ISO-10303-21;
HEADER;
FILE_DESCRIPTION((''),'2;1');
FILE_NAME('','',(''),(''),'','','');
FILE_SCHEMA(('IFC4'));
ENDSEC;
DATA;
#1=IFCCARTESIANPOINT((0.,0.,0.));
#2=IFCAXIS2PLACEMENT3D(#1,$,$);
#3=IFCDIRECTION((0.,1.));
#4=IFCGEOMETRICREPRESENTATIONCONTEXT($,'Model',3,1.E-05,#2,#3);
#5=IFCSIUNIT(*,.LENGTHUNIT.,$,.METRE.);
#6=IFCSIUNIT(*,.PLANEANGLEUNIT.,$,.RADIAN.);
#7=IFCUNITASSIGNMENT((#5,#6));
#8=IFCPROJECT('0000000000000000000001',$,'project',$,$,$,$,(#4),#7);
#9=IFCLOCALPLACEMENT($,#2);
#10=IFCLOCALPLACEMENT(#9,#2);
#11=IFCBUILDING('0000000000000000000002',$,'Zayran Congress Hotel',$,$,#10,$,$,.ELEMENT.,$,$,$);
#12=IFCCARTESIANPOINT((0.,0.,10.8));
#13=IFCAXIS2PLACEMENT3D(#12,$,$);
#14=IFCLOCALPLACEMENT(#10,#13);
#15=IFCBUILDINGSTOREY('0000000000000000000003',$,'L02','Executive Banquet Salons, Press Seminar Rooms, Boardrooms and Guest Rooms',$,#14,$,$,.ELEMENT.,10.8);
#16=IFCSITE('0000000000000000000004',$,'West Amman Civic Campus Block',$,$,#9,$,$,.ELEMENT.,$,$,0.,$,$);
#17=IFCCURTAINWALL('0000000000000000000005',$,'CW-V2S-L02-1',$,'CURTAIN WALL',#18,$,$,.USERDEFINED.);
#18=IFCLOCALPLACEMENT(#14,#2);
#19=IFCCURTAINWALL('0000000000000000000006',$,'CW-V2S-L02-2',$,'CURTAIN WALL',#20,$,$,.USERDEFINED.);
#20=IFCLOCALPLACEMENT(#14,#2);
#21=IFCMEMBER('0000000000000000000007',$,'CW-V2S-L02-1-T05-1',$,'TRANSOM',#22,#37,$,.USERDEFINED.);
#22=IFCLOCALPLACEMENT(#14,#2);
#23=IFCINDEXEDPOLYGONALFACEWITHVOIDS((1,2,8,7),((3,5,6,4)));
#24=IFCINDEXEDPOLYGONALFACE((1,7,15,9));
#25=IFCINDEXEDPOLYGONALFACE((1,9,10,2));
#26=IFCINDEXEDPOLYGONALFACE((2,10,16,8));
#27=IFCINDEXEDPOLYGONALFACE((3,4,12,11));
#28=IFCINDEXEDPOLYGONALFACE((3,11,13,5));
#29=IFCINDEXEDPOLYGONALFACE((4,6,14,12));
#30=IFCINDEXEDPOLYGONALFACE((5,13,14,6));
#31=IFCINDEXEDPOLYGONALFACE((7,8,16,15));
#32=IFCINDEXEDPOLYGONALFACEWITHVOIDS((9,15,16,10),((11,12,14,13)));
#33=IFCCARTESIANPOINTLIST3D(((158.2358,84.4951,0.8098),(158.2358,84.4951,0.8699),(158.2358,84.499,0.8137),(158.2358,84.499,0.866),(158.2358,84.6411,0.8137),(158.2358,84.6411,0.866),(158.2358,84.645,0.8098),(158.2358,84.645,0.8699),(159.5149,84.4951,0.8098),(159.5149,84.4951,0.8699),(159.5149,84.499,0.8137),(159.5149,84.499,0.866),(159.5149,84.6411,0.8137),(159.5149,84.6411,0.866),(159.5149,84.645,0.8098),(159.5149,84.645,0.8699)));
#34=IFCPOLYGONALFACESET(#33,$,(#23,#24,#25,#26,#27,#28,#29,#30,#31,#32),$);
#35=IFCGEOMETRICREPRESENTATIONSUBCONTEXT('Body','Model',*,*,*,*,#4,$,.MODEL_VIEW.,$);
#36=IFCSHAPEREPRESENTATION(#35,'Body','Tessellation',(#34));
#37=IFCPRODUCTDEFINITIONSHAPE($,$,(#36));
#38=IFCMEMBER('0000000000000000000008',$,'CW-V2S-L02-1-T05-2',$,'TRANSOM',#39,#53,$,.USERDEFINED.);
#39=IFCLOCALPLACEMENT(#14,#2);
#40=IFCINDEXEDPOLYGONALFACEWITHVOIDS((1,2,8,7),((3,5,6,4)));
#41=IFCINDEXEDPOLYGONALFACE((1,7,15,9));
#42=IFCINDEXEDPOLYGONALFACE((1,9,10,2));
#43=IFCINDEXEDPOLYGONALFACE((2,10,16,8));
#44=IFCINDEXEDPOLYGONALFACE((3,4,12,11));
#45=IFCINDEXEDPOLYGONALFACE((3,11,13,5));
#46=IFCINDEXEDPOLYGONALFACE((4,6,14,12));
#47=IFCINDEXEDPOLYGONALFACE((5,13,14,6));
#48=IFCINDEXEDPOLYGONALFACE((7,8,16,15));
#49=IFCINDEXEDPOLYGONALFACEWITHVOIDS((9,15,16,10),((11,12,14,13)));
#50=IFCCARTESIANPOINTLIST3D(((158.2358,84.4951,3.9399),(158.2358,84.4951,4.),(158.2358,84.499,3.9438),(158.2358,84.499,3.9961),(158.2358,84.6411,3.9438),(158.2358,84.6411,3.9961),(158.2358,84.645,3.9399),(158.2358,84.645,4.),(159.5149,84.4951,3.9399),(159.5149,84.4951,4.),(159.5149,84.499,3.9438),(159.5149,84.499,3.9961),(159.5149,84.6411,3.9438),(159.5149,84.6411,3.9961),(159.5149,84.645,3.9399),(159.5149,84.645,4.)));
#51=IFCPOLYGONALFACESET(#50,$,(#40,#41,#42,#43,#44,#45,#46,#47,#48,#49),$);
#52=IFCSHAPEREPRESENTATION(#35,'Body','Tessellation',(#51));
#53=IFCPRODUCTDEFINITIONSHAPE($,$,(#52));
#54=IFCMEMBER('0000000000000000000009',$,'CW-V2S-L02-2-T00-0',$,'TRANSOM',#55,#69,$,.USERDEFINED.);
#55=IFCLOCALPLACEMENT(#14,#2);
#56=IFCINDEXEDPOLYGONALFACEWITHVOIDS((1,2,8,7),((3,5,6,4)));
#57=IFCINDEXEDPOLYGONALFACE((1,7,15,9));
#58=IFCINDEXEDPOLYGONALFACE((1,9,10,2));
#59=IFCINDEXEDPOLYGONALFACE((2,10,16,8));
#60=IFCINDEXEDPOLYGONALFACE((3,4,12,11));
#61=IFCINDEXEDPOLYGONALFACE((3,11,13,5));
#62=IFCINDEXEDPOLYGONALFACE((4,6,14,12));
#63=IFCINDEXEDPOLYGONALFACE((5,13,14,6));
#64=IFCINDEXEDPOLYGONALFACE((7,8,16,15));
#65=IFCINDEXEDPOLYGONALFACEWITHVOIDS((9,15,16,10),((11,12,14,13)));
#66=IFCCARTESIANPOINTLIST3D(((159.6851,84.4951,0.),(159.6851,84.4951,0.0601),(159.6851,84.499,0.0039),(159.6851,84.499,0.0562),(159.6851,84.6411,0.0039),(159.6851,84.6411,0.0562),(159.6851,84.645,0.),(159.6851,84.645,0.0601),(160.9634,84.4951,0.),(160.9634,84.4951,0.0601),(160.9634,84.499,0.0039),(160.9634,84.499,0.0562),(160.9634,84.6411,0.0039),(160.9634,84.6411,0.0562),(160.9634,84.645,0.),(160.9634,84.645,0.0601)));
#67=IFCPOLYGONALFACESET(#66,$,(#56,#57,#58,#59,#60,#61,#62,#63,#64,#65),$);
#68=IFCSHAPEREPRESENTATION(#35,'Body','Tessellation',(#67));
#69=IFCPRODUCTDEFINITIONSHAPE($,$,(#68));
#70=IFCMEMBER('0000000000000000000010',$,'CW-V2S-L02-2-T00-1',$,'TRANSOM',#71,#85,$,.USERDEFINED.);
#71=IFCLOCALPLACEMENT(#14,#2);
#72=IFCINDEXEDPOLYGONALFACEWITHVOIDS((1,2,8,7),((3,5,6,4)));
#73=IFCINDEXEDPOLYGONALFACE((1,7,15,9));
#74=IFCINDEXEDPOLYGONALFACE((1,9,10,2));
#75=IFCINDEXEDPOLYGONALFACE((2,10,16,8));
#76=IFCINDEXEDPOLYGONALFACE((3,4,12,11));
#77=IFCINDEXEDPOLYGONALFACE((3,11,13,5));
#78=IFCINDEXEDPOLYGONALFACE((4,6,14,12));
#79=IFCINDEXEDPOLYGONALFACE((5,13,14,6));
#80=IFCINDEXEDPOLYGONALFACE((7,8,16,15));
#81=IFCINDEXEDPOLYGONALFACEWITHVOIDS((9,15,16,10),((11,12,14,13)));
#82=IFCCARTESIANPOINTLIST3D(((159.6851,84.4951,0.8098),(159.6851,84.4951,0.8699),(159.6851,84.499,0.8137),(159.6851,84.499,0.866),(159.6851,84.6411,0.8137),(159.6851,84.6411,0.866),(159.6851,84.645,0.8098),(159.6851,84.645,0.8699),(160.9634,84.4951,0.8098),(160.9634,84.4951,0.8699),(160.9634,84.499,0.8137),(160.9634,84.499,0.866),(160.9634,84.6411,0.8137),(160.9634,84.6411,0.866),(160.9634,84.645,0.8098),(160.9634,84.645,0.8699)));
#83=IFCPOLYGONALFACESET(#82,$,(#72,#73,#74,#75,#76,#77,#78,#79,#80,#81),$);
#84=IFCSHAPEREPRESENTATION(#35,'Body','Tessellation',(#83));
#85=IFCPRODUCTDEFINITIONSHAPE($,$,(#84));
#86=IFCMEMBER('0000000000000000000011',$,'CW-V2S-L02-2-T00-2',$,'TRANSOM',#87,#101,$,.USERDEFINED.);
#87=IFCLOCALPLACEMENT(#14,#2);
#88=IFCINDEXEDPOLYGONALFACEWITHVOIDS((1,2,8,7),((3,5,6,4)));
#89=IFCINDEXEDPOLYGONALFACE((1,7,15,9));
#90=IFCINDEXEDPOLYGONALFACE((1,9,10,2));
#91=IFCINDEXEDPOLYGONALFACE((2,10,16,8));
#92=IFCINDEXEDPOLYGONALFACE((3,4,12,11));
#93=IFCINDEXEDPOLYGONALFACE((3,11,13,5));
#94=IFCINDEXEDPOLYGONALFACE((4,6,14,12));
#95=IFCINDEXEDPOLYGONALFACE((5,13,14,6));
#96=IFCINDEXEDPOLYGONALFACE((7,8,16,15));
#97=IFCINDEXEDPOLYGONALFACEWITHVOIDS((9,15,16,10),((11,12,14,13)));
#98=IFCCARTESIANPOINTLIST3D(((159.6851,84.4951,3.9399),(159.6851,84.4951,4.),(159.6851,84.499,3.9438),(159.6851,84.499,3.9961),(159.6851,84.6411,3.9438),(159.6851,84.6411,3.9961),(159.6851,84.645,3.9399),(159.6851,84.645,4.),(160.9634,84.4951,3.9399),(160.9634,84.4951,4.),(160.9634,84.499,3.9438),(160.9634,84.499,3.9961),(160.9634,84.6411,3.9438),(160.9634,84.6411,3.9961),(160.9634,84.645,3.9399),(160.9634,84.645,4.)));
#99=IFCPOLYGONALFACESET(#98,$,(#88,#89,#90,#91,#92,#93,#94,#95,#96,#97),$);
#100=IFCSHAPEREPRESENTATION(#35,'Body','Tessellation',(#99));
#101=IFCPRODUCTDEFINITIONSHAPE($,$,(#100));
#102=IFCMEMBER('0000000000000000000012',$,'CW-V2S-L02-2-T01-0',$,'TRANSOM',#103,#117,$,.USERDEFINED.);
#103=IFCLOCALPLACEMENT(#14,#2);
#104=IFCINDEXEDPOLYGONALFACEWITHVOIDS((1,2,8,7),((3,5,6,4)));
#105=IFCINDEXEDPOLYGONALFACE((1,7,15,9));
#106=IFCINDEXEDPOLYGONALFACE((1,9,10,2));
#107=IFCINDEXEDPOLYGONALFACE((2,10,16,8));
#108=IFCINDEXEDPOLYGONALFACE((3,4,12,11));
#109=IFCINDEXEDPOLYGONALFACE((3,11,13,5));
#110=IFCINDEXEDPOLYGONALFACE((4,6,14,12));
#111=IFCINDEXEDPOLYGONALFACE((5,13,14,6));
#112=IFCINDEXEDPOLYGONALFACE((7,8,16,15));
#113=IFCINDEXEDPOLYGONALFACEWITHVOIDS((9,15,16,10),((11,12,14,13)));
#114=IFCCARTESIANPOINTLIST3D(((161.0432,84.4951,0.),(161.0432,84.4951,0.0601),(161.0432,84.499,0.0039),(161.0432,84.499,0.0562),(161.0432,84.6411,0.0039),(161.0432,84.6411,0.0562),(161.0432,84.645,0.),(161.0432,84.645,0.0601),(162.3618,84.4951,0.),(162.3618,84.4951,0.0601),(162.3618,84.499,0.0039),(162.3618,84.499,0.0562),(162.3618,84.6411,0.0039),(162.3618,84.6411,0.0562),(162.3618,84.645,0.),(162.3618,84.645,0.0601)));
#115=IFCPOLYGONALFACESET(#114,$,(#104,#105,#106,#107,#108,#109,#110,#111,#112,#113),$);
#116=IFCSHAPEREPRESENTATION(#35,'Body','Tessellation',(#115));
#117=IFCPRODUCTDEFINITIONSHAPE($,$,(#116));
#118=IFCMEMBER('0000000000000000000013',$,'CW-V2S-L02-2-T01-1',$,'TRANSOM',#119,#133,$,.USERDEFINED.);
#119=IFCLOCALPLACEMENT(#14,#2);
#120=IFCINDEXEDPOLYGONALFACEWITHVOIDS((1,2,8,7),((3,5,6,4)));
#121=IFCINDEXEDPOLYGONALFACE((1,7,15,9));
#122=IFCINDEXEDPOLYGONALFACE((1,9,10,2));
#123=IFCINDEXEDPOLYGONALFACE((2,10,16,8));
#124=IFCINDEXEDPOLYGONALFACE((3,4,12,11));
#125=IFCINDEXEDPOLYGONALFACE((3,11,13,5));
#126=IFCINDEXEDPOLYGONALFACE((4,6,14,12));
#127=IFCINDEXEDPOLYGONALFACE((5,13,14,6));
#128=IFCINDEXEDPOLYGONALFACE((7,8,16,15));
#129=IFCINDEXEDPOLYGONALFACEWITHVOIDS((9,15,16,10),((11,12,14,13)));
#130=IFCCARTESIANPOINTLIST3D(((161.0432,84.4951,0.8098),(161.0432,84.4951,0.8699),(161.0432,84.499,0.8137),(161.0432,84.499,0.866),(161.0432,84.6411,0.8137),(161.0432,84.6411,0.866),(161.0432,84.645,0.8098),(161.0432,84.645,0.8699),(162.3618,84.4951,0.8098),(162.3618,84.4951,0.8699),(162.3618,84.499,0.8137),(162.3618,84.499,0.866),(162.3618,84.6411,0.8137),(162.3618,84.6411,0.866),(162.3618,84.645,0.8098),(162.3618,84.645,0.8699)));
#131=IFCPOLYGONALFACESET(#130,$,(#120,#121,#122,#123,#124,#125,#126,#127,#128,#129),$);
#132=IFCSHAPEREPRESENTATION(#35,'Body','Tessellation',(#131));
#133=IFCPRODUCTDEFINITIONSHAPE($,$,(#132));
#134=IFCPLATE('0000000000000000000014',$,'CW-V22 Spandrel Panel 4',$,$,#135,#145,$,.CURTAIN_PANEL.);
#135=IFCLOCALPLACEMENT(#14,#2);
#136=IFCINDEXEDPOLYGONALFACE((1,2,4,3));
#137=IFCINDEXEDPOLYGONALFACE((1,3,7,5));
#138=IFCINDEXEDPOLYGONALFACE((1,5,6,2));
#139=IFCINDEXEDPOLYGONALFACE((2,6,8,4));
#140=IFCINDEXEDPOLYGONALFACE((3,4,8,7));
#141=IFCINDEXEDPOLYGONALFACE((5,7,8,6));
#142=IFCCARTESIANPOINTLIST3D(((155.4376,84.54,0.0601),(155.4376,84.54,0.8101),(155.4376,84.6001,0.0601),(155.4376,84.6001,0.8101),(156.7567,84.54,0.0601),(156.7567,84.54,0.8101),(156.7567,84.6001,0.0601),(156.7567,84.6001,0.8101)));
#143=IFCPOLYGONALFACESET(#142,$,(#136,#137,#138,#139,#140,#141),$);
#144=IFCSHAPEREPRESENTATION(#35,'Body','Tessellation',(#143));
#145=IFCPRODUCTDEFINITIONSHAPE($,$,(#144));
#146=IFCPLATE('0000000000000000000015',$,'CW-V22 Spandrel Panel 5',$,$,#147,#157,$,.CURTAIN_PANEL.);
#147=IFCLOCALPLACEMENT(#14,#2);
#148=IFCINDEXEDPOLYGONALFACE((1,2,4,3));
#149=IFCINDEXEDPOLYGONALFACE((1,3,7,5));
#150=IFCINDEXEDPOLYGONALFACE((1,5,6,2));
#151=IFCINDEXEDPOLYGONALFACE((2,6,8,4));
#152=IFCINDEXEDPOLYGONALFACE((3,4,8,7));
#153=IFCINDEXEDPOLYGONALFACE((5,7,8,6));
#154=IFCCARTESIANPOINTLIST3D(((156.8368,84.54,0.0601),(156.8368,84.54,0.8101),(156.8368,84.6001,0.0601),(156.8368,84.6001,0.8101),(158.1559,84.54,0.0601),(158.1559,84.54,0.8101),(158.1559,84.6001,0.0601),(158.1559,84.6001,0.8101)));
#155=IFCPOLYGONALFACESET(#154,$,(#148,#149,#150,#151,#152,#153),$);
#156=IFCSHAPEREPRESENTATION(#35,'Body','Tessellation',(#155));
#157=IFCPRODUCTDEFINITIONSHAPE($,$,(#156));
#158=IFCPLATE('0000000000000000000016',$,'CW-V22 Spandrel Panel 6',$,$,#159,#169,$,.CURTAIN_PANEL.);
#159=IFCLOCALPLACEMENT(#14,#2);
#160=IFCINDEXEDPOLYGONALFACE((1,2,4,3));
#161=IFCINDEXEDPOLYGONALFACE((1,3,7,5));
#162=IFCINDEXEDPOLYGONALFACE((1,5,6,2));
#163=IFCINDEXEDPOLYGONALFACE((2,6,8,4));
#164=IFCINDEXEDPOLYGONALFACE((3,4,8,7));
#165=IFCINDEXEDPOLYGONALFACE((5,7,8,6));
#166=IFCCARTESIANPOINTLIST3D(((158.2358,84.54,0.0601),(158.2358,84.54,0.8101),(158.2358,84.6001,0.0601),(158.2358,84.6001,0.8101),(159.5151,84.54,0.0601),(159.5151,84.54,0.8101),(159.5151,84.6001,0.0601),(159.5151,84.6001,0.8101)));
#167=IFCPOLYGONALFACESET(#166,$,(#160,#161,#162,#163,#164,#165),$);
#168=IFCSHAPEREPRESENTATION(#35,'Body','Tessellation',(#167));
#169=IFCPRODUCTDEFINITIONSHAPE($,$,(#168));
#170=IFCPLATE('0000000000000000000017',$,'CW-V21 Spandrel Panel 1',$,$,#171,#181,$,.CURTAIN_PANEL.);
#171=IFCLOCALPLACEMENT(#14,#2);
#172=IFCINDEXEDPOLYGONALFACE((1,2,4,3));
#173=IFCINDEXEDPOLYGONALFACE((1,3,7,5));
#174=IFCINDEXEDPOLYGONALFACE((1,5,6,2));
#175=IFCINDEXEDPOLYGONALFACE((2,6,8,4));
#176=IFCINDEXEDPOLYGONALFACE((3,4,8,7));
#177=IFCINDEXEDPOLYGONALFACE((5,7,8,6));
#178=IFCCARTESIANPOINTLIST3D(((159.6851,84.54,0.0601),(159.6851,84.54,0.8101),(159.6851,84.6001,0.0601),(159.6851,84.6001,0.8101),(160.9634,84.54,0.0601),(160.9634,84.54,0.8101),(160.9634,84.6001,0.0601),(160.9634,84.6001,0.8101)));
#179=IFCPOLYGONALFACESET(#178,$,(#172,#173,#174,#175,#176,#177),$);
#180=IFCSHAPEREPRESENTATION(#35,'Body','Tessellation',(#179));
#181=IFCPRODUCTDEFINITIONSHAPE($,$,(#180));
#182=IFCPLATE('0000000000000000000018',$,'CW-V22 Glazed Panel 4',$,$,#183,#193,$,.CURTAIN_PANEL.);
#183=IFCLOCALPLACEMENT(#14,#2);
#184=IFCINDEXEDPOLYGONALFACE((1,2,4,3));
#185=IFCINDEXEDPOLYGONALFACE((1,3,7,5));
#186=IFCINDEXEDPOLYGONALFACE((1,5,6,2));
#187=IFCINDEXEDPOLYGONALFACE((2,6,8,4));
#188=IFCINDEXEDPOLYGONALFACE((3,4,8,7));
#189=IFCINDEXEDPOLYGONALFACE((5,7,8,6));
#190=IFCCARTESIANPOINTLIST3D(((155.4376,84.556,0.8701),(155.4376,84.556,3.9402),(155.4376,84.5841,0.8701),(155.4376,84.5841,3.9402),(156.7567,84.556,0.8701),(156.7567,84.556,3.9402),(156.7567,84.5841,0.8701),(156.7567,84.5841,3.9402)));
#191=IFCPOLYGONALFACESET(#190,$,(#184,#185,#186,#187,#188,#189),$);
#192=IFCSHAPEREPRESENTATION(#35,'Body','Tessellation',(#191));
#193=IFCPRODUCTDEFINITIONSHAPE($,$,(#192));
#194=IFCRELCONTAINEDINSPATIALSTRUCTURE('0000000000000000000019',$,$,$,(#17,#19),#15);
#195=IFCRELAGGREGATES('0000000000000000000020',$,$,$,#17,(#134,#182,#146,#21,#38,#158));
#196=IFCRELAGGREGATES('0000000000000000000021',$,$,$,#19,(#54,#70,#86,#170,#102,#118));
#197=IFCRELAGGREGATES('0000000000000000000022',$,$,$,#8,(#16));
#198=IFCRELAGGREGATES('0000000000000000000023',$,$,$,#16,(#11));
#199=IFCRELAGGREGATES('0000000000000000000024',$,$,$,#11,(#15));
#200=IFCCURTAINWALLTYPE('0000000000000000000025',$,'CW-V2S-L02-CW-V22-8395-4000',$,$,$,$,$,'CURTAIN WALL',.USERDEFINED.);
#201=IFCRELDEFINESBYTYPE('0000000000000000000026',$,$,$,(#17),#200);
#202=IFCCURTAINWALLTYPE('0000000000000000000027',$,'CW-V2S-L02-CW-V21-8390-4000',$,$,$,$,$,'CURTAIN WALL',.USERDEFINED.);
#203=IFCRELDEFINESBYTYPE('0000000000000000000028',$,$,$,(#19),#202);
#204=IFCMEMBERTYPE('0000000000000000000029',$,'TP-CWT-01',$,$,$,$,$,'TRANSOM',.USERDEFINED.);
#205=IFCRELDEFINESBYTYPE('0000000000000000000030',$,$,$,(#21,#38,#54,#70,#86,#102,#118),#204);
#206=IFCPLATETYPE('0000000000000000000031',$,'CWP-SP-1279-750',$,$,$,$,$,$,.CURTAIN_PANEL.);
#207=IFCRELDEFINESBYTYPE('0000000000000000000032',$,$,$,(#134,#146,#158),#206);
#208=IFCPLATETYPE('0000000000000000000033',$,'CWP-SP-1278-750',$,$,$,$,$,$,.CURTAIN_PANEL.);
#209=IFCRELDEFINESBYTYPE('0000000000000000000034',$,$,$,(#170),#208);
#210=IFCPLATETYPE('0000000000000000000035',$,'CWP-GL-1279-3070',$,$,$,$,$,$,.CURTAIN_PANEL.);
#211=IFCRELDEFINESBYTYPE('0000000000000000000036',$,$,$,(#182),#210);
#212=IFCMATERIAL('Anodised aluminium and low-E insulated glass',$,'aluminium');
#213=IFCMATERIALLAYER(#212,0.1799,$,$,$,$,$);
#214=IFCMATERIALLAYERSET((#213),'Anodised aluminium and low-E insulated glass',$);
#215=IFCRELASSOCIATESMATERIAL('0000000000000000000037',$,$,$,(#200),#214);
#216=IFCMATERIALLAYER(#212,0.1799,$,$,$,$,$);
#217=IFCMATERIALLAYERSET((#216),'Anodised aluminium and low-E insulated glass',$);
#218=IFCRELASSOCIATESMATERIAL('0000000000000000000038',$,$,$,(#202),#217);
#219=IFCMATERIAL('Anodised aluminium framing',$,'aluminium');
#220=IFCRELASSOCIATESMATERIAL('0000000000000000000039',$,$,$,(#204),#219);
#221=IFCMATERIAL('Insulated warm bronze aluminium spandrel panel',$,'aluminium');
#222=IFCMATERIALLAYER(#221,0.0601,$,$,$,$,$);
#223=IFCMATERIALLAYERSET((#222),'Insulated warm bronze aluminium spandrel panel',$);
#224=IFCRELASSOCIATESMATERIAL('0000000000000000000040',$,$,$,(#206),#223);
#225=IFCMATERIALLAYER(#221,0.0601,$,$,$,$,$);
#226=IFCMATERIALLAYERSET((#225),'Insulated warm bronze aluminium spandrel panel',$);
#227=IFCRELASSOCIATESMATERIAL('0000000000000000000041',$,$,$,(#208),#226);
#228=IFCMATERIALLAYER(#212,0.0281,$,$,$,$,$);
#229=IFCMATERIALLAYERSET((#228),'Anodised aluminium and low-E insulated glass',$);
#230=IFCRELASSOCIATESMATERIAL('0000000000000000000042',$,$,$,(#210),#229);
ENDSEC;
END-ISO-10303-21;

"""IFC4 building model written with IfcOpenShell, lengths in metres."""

from ifc_helpers import new_model, si_unit, direction, frame, origin, origin_2d, place, context, subcontext, project, spatial, rectangle, hollow_rectangle, extrude, material, layer, layer_set, material_profile, profile_set, type_object, element, aggregate, save


model = new_model("IFC4")

# Units and contexts
model_context = context("Model", 3, precision=1e-05, world=origin(), true_north=direction((0.0, 1.0)))
body_context = subcontext(model_context, "Body", "Model", "MODEL_VIEW")
ifc_project = project(units=[si_unit("LENGTHUNIT", "METRE"), si_unit("PLANEANGLEUNIT", "RADIAN")], contexts=[model_context])

# Site, building, storey
site_placement = place(None, origin())
site = spatial("IfcSite", under=ifc_project, at=site_placement, Name="West Amman Civic Campus Block", CompositionType="ELEMENT", RefElevation=0.0)
building_placement = place(site_placement, origin())
building = spatial("IfcBuilding", under=site, at=building_placement, Name="Zayran Congress Hotel", CompositionType="ELEMENT")
storey_placement = place(building_placement, frame((0.0, 0.0, 10.8)))
storey = spatial("IfcBuildingStorey", under=building, at=storey_placement, Name="L02", Description="Executive Banquet Salons, Press Seminar Rooms, Boardrooms and Guest Rooms", CompositionType="ELEMENT", Elevation=10.8)

# Curtain walls
ifc_material_1 = material(Name="Anodised aluminium and low-E insulated glass", Category="aluminium")
ifc_layer_1 = layer(ifc_material_1, 0.1799)
ifc_layer_set_1 = layer_set([ifc_layer_1], Name="Anodised aluminium and low-E insulated glass")
curtain_wall_type_1 = type_object("IfcCurtainWallType", Name="CW-V2S-L02-CW-V22-8395-4000", ElementType="CURTAIN WALL", PredefinedType="USERDEFINED", material=ifc_layer_set_1)
curtain_wall_1_placement = place(storey_placement, origin())
curtain_wall_1 = element("IfcCurtainWall", 1, at=curtain_wall_1_placement, inside=storey, type_object=curtain_wall_type_1, Name="CW-V2S-L02-1", ObjectType="CURTAIN WALL", PredefinedType="USERDEFINED")
ifc_material_2 = material(Name="Anodised aluminium framing", Category="aluminium")
ifc_layer_2 = layer(ifc_material_1, 0.1799)
ifc_layer_set_2 = layer_set([ifc_layer_2], Name="Anodised aluminium and low-E insulated glass")
curtain_wall_type_2 = type_object("IfcCurtainWallType", Name="CW-V2S-L02-CW-V21-8390-4000", ElementType="CURTAIN WALL", PredefinedType="USERDEFINED", material=ifc_layer_set_2)
curtain_wall_2_placement = place(storey_placement, origin())
curtain_wall_2 = element("IfcCurtainWall", 2, at=curtain_wall_2_placement, inside=storey, type_object=curtain_wall_type_2, Name="CW-V2S-L02-2", ObjectType="CURTAIN WALL", PredefinedType="USERDEFINED")

# Members
ifc_material_profile_1 = material_profile(ifc_material_2, hollow_rectangle(XDim=0.0601, YDim=0.1499, WallThickness=0.0039, at=origin_2d()), Name="RHS 150x60x4")
ifc_profile_set_1 = profile_set([ifc_material_profile_1], Name="Anodised aluminium framing")
member_type_1 = type_object("IfcMemberType", Name="TP-CWT-01", ElementType="TRANSOM", PredefinedType="USERDEFINED", material=ifc_profile_set_1)
member_1_placement = place(storey_placement, frame((158.2358, 84.5701, 0.8398), z_axis=(1.0, 0.0, 0.0), x_axis=(0.0, 0.0, 1.0)))
member_1 = element("IfcMember", 3, at=member_1_placement, type_object=member_type_1, Name="CW-V2S-L02-1-T05-1", ObjectType="TRANSOM", PredefinedType="USERDEFINED", context=body_context, shape_type="SweptSolid", body=[
    extrude(hollow_rectangle(XDim=0.0601, YDim=0.1499, WallThickness=0.0039, at=origin_2d()), origin(), (0.0, 0.0, 1.0), 1.2791),
])
member_2_placement = place(storey_placement, frame((158.2358, 84.5701, 3.97), z_axis=(1.0, 0.0, 0.0), x_axis=(0.0, 0.0, 1.0)))
member_2 = element("IfcMember", 4, at=member_2_placement, type_object=member_type_1, Name="CW-V2S-L02-1-T05-2", ObjectType="TRANSOM", PredefinedType="USERDEFINED", context=body_context, shape_type="SweptSolid", body=[
    extrude(hollow_rectangle(XDim=0.0601, YDim=0.1499, WallThickness=0.0039, at=origin_2d()), origin(), (0.0, 0.0, 1.0), 1.2791),
])
member_3_placement = place(storey_placement, frame((159.6851, 84.5701, 0.03), z_axis=(1.0, 0.0, 0.0), x_axis=(0.0, 0.0, 1.0)))
member_3 = element("IfcMember", 5, at=member_3_placement, type_object=member_type_1, Name="CW-V2S-L02-2-T00-0", ObjectType="TRANSOM", PredefinedType="USERDEFINED", context=body_context, shape_type="SweptSolid", body=[
    extrude(hollow_rectangle(XDim=0.0601, YDim=0.1499, WallThickness=0.0039, at=origin_2d()), origin(), (0.0, 0.0, 1.0), 1.2783),
])
member_4_placement = place(storey_placement, frame((159.6851, 84.5701, 0.8398), z_axis=(1.0, 0.0, 0.0), x_axis=(0.0, 0.0, 1.0)))
member_4 = element("IfcMember", 6, at=member_4_placement, type_object=member_type_1, Name="CW-V2S-L02-2-T00-1", ObjectType="TRANSOM", PredefinedType="USERDEFINED", context=body_context, shape_type="SweptSolid", body=[
    extrude(hollow_rectangle(XDim=0.0601, YDim=0.1499, WallThickness=0.0039, at=origin_2d()), origin(), (0.0, 0.0, 1.0), 1.2783),
])
member_5_placement = place(storey_placement, frame((159.6851, 84.5701, 3.97), z_axis=(1.0, 0.0, 0.0), x_axis=(0.0, 0.0, 1.0)))
member_5 = element("IfcMember", 7, at=member_5_placement, type_object=member_type_1, Name="CW-V2S-L02-2-T00-2", ObjectType="TRANSOM", PredefinedType="USERDEFINED", context=body_context, shape_type="SweptSolid", body=[
    extrude(hollow_rectangle(XDim=0.0601, YDim=0.1499, WallThickness=0.0039, at=origin_2d()), origin(), (0.0, 0.0, 1.0), 1.2783),
])
member_6_placement = place(storey_placement, frame((161.0432, 84.5701, 0.03), z_axis=(1.0, 0.0, 0.0), x_axis=(0.0, 0.0, 1.0)))
member_6 = element("IfcMember", 8, at=member_6_placement, type_object=member_type_1, Name="CW-V2S-L02-2-T01-0", ObjectType="TRANSOM", PredefinedType="USERDEFINED", context=body_context, shape_type="SweptSolid", body=[
    extrude(hollow_rectangle(XDim=0.0601, YDim=0.1499, WallThickness=0.0039, at=origin_2d()), origin(), (0.0, 0.0, 1.0), 1.3186),
])
member_7_placement = place(storey_placement, frame((161.0432, 84.5701, 0.8398), z_axis=(1.0, 0.0, 0.0), x_axis=(0.0, 0.0, 1.0)))
member_7 = element("IfcMember", 9, at=member_7_placement, type_object=member_type_1, Name="CW-V2S-L02-2-T01-1", ObjectType="TRANSOM", PredefinedType="USERDEFINED", context=body_context, shape_type="SweptSolid", body=[
    extrude(hollow_rectangle(XDim=0.0601, YDim=0.1499, WallThickness=0.0039, at=origin_2d()), origin(), (0.0, 0.0, 1.0), 1.3186),
])

# Plates
ifc_material_3 = material(Name="Insulated warm bronze aluminium spandrel panel", Category="aluminium")
ifc_layer_3 = layer(ifc_material_3, 0.0601)
ifc_layer_set_3 = layer_set([ifc_layer_3], Name="Insulated warm bronze aluminium spandrel panel")
plate_type_1 = type_object("IfcPlateType", Name="CWP-SP-1279-750", PredefinedType="CURTAIN_PANEL", material=ifc_layer_set_3)
plate_1_placement = place(storey_placement, frame((156.0972, 84.5701, 0.0601), z_axis=(0.0, 0.0, 1.0), x_axis=(1.0, 0.0, 0.0)))
plate_1 = element("IfcPlate", 10, at=plate_1_placement, type_object=plate_type_1, Name="CW-V22 Spandrel Panel 4", PredefinedType="CURTAIN_PANEL", context=body_context, shape_type="SweptSolid", body=[
    extrude(rectangle(XDim=1.3191, YDim=0.0601, at=origin_2d()), origin(), (0.0, 0.0, 1.0), 0.75),
])
plate_2_placement = place(storey_placement, frame((157.4963, 84.5701, 0.0601), z_axis=(0.0, 0.0, 1.0), x_axis=(1.0, 0.0, 0.0)))
plate_2 = element("IfcPlate", 11, at=plate_2_placement, type_object=plate_type_1, Name="CW-V22 Spandrel Panel 5", PredefinedType="CURTAIN_PANEL", context=body_context, shape_type="SweptSolid", body=[
    extrude(rectangle(XDim=1.3191, YDim=0.0601, at=origin_2d()), origin(), (0.0, 0.0, 1.0), 0.75),
])
plate_3_placement = place(storey_placement, frame((158.8755, 84.5701, 0.0601), z_axis=(0.0, 0.0, 1.0), x_axis=(1.0, 0.0, 0.0)))
plate_3 = element("IfcPlate", 12, at=plate_3_placement, type_object=plate_type_1, Name="CW-V22 Spandrel Panel 6", PredefinedType="CURTAIN_PANEL", context=body_context, shape_type="SweptSolid", body=[
    extrude(rectangle(XDim=1.2793, YDim=0.0601, at=origin_2d()), origin(), (0.0, 0.0, 1.0), 0.75),
])
ifc_layer_4 = layer(ifc_material_3, 0.0601)
ifc_layer_set_4 = layer_set([ifc_layer_4], Name="Insulated warm bronze aluminium spandrel panel")
plate_type_2 = type_object("IfcPlateType", Name="CWP-SP-1278-750", PredefinedType="CURTAIN_PANEL", material=ifc_layer_set_4)
plate_4_placement = place(storey_placement, frame((160.3242, 84.5701, 0.0601), z_axis=(0.0, 0.0, 1.0), x_axis=(1.0, 0.0, 0.0)))
plate_4 = element("IfcPlate", 13, at=plate_4_placement, type_object=plate_type_2, Name="CW-V21 Spandrel Panel 1", PredefinedType="CURTAIN_PANEL", context=body_context, shape_type="SweptSolid", body=[
    extrude(rectangle(XDim=1.2783, YDim=0.0601, at=origin_2d()), origin(), (0.0, 0.0, 1.0), 0.75),
])
ifc_layer_5 = layer(ifc_material_1, 0.0281)
ifc_layer_set_5 = layer_set([ifc_layer_5], Name="Anodised aluminium and low-E insulated glass")
plate_type_3 = type_object("IfcPlateType", Name="CWP-GL-1279-3070", PredefinedType="CURTAIN_PANEL", material=ifc_layer_set_5)
plate_5_placement = place(storey_placement, frame((156.0972, 84.5701, 0.8701), z_axis=(0.0, 0.0, 1.0), x_axis=(1.0, 0.0, 0.0)))
plate_5 = element("IfcPlate", 14, at=plate_5_placement, type_object=plate_type_3, Name="CW-V22 Glazed Panel 4", PredefinedType="CURTAIN_PANEL", context=body_context, shape_type="SweptSolid", body=[
    extrude(rectangle(XDim=1.3191, YDim=0.0281, at=origin_2d()), origin(), (0.0, 0.0, 1.0), 3.0701),
])
aggregate(curtain_wall_1, [plate_1, plate_5, plate_2, member_1, member_2, plate_3])
aggregate(curtain_wall_2, [member_3, member_4, member_5, plate_4, member_6, member_7])

save(model, "model.ifc")
